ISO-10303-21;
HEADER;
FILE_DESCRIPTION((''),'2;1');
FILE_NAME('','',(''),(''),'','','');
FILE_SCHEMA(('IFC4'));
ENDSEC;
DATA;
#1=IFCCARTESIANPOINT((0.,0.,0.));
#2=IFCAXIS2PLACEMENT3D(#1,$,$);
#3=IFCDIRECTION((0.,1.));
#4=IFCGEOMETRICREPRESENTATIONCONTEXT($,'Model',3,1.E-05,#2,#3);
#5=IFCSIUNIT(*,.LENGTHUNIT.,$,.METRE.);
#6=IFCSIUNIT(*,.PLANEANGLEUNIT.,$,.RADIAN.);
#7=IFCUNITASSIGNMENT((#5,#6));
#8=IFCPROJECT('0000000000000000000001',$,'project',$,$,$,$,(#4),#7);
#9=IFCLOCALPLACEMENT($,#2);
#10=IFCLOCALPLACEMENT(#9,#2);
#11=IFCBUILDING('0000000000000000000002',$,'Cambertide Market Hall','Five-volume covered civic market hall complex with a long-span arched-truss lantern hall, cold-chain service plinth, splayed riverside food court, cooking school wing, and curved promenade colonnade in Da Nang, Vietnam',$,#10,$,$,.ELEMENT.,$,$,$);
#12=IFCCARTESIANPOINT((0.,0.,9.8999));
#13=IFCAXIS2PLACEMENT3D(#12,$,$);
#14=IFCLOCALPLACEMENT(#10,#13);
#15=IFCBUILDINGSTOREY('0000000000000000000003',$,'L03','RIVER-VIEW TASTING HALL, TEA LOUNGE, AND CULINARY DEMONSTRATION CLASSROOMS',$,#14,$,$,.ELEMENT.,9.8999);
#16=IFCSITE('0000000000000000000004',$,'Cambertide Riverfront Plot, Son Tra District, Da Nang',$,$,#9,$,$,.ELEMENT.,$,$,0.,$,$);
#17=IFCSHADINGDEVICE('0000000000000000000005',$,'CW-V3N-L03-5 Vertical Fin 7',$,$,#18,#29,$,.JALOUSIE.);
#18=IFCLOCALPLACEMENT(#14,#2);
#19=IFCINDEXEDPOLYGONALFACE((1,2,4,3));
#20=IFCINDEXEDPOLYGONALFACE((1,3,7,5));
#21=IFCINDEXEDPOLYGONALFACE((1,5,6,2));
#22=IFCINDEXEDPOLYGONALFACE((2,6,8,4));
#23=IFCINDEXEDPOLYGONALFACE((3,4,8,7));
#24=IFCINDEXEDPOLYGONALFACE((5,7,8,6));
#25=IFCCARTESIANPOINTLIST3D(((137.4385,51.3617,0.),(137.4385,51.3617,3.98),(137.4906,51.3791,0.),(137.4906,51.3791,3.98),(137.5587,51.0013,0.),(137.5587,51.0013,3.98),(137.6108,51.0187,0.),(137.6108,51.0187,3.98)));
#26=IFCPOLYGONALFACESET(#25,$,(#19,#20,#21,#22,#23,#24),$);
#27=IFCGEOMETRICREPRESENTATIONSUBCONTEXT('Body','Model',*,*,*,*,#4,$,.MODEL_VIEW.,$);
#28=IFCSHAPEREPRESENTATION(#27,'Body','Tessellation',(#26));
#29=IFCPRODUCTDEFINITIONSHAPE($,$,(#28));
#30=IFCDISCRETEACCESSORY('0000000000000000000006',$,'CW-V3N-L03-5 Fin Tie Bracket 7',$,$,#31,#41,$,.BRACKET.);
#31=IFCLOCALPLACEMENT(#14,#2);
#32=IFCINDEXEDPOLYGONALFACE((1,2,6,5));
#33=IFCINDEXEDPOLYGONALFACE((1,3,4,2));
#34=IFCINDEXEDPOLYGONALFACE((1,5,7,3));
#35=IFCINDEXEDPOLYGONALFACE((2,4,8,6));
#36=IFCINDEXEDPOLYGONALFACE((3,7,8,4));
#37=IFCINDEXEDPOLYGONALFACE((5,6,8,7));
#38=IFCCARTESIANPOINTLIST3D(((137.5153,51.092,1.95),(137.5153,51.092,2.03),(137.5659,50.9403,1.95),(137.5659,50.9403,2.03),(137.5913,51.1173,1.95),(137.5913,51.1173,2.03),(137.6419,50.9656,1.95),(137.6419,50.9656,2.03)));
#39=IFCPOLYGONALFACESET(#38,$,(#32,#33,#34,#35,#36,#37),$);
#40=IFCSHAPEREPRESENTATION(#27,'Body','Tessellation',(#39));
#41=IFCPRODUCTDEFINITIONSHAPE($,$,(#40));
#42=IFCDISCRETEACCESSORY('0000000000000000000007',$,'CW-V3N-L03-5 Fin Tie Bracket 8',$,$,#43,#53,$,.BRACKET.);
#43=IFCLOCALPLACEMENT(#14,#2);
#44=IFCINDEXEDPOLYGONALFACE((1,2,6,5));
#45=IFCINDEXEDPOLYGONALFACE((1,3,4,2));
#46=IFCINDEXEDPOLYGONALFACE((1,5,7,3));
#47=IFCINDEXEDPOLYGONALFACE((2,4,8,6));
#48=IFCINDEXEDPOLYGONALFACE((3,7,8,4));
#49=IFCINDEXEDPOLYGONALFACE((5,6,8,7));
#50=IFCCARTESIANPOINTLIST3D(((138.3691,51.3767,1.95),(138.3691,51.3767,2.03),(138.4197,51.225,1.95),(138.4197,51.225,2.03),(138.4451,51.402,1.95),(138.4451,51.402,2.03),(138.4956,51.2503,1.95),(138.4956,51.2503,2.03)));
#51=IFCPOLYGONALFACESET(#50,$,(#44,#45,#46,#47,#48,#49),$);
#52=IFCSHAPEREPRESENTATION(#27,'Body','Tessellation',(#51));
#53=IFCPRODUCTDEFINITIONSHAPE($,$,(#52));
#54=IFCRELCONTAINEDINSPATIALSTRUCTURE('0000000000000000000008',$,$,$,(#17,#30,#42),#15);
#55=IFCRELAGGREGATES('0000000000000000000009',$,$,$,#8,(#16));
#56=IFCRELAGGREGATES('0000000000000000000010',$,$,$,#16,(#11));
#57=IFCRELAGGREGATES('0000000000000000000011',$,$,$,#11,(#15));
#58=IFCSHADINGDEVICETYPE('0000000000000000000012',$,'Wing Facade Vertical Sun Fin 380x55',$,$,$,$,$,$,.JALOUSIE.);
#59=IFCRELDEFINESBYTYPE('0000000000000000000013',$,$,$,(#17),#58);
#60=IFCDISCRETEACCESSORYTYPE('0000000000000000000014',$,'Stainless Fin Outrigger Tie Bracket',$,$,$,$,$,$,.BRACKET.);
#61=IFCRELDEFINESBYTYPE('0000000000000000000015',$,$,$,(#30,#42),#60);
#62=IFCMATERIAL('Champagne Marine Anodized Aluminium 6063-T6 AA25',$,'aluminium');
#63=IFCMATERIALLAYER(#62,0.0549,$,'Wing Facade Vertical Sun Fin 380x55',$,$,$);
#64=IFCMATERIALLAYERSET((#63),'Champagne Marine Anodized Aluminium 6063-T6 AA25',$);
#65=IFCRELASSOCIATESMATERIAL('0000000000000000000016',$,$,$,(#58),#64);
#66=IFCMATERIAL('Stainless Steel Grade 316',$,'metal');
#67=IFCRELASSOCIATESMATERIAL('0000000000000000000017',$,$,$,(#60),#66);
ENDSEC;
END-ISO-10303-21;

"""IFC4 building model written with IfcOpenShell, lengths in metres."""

from ifc_helpers import new_model, si_unit, direction, frame, origin, origin_2d, place, context, subcontext, project, spatial, rectangle, extrude, material, layer, layer_set, type_object, element, save


model = new_model("IFC4")

# Units and contexts
model_context = context("Model", 3, precision=1e-05, world=origin(), true_north=direction((0.0, 1.0)))
body_context = subcontext(model_context, "Body", "Model", "MODEL_VIEW")
ifc_project = project(units=[si_unit("LENGTHUNIT", "METRE"), si_unit("PLANEANGLEUNIT", "RADIAN")], contexts=[model_context])

# Site, building, storey
site_placement = place(None, origin())
site = spatial("IfcSite", under=ifc_project, at=site_placement, Name="Cambertide Riverfront Plot, Son Tra District, Da Nang", CompositionType="ELEMENT", RefElevation=0.0)
building_placement = place(site_placement, origin())
building = spatial("IfcBuilding", under=site, at=building_placement, Name="Cambertide Market Hall", Description="Five-volume covered civic market hall complex with a long-span arched-truss lantern hall, cold-chain service plinth, splayed riverside food court, cooking school wing, and curved promenade colonnade in Da Nang, Vietnam", CompositionType="ELEMENT")
storey_placement = place(building_placement, frame((0.0, 0.0, 9.8999)))
storey = spatial("IfcBuildingStorey", under=building, at=storey_placement, Name="L03", Description="RIVER-VIEW TASTING HALL, TEA LOUNGE, AND CULINARY DEMONSTRATION CLASSROOMS", CompositionType="ELEMENT", Elevation=9.8999)

# Shading device
ifc_material_1 = material(Name="Champagne Marine Anodized Aluminium 6063-T6 AA25", Category="aluminium")
ifc_layer_1 = layer(ifc_material_1, 0.0549, Name="Wing Facade Vertical Sun Fin 380x55")
ifc_layer_set_1 = layer_set([ifc_layer_1], Name="Champagne Marine Anodized Aluminium 6063-T6 AA25")
shading_device_type = type_object("IfcShadingDeviceType", Name="Wing Facade Vertical Sun Fin 380x55", PredefinedType="JALOUSIE", material=ifc_layer_set_1)
shading_device_placement = place(storey_placement, frame((137.5247, 51.1902, 0.0), z_axis=(0.0, 0.0, 1.0), x_axis=(0.948683, 0.316228, 0.0)))
element("IfcShadingDevice", 1, at=shading_device_placement, inside=storey, type_object=shading_device_type, Name="CW-V3N-L03-5 Vertical Fin 7", PredefinedType="JALOUSIE", context=body_context, shape_type="SweptSolid", body=[
    extrude(rectangle(XDim=0.0549, YDim=0.3799, at=origin_2d()), origin(), (0.0, 0.0, 1.0), 3.98),
])

# Discrete accessories
ifc_material_2 = material(Name="Stainless Steel Grade 316", Category="metal")
discrete_accessory_type = type_object("IfcDiscreteAccessoryType", Name="Stainless Fin Outrigger Tie Bracket", PredefinedType="BRACKET", material=ifc_material_2)
for number, where, z_axis, x_axis, name in (
    (2, (137.5786, 51.0288, 1.95), (0.0, 0.0, 1.0), (0.948683, 0.316228, 0.0), "CW-V3N-L03-5 Fin Tie Bracket 7"),
    (3, (138.4324, 51.3135, 1.95), (0.0, 0.0, 1.0), (0.948683, 0.316228, 0.0), "CW-V3N-L03-5 Fin Tie Bracket 8"),
):
    element("IfcDiscreteAccessory", number, at=place(storey_placement, frame(where, z_axis=z_axis, x_axis=x_axis)), inside=storey, type_object=discrete_accessory_type, Name=name, PredefinedType="BRACKET", context=body_context, shape_type="SweptSolid", body=[
        extrude(rectangle(XDim=0.0801, YDim=0.1599, at=origin_2d()), origin(), (0.0, 0.0, 1.0), 0.0801),
    ])

save(model, "model.ifc")
